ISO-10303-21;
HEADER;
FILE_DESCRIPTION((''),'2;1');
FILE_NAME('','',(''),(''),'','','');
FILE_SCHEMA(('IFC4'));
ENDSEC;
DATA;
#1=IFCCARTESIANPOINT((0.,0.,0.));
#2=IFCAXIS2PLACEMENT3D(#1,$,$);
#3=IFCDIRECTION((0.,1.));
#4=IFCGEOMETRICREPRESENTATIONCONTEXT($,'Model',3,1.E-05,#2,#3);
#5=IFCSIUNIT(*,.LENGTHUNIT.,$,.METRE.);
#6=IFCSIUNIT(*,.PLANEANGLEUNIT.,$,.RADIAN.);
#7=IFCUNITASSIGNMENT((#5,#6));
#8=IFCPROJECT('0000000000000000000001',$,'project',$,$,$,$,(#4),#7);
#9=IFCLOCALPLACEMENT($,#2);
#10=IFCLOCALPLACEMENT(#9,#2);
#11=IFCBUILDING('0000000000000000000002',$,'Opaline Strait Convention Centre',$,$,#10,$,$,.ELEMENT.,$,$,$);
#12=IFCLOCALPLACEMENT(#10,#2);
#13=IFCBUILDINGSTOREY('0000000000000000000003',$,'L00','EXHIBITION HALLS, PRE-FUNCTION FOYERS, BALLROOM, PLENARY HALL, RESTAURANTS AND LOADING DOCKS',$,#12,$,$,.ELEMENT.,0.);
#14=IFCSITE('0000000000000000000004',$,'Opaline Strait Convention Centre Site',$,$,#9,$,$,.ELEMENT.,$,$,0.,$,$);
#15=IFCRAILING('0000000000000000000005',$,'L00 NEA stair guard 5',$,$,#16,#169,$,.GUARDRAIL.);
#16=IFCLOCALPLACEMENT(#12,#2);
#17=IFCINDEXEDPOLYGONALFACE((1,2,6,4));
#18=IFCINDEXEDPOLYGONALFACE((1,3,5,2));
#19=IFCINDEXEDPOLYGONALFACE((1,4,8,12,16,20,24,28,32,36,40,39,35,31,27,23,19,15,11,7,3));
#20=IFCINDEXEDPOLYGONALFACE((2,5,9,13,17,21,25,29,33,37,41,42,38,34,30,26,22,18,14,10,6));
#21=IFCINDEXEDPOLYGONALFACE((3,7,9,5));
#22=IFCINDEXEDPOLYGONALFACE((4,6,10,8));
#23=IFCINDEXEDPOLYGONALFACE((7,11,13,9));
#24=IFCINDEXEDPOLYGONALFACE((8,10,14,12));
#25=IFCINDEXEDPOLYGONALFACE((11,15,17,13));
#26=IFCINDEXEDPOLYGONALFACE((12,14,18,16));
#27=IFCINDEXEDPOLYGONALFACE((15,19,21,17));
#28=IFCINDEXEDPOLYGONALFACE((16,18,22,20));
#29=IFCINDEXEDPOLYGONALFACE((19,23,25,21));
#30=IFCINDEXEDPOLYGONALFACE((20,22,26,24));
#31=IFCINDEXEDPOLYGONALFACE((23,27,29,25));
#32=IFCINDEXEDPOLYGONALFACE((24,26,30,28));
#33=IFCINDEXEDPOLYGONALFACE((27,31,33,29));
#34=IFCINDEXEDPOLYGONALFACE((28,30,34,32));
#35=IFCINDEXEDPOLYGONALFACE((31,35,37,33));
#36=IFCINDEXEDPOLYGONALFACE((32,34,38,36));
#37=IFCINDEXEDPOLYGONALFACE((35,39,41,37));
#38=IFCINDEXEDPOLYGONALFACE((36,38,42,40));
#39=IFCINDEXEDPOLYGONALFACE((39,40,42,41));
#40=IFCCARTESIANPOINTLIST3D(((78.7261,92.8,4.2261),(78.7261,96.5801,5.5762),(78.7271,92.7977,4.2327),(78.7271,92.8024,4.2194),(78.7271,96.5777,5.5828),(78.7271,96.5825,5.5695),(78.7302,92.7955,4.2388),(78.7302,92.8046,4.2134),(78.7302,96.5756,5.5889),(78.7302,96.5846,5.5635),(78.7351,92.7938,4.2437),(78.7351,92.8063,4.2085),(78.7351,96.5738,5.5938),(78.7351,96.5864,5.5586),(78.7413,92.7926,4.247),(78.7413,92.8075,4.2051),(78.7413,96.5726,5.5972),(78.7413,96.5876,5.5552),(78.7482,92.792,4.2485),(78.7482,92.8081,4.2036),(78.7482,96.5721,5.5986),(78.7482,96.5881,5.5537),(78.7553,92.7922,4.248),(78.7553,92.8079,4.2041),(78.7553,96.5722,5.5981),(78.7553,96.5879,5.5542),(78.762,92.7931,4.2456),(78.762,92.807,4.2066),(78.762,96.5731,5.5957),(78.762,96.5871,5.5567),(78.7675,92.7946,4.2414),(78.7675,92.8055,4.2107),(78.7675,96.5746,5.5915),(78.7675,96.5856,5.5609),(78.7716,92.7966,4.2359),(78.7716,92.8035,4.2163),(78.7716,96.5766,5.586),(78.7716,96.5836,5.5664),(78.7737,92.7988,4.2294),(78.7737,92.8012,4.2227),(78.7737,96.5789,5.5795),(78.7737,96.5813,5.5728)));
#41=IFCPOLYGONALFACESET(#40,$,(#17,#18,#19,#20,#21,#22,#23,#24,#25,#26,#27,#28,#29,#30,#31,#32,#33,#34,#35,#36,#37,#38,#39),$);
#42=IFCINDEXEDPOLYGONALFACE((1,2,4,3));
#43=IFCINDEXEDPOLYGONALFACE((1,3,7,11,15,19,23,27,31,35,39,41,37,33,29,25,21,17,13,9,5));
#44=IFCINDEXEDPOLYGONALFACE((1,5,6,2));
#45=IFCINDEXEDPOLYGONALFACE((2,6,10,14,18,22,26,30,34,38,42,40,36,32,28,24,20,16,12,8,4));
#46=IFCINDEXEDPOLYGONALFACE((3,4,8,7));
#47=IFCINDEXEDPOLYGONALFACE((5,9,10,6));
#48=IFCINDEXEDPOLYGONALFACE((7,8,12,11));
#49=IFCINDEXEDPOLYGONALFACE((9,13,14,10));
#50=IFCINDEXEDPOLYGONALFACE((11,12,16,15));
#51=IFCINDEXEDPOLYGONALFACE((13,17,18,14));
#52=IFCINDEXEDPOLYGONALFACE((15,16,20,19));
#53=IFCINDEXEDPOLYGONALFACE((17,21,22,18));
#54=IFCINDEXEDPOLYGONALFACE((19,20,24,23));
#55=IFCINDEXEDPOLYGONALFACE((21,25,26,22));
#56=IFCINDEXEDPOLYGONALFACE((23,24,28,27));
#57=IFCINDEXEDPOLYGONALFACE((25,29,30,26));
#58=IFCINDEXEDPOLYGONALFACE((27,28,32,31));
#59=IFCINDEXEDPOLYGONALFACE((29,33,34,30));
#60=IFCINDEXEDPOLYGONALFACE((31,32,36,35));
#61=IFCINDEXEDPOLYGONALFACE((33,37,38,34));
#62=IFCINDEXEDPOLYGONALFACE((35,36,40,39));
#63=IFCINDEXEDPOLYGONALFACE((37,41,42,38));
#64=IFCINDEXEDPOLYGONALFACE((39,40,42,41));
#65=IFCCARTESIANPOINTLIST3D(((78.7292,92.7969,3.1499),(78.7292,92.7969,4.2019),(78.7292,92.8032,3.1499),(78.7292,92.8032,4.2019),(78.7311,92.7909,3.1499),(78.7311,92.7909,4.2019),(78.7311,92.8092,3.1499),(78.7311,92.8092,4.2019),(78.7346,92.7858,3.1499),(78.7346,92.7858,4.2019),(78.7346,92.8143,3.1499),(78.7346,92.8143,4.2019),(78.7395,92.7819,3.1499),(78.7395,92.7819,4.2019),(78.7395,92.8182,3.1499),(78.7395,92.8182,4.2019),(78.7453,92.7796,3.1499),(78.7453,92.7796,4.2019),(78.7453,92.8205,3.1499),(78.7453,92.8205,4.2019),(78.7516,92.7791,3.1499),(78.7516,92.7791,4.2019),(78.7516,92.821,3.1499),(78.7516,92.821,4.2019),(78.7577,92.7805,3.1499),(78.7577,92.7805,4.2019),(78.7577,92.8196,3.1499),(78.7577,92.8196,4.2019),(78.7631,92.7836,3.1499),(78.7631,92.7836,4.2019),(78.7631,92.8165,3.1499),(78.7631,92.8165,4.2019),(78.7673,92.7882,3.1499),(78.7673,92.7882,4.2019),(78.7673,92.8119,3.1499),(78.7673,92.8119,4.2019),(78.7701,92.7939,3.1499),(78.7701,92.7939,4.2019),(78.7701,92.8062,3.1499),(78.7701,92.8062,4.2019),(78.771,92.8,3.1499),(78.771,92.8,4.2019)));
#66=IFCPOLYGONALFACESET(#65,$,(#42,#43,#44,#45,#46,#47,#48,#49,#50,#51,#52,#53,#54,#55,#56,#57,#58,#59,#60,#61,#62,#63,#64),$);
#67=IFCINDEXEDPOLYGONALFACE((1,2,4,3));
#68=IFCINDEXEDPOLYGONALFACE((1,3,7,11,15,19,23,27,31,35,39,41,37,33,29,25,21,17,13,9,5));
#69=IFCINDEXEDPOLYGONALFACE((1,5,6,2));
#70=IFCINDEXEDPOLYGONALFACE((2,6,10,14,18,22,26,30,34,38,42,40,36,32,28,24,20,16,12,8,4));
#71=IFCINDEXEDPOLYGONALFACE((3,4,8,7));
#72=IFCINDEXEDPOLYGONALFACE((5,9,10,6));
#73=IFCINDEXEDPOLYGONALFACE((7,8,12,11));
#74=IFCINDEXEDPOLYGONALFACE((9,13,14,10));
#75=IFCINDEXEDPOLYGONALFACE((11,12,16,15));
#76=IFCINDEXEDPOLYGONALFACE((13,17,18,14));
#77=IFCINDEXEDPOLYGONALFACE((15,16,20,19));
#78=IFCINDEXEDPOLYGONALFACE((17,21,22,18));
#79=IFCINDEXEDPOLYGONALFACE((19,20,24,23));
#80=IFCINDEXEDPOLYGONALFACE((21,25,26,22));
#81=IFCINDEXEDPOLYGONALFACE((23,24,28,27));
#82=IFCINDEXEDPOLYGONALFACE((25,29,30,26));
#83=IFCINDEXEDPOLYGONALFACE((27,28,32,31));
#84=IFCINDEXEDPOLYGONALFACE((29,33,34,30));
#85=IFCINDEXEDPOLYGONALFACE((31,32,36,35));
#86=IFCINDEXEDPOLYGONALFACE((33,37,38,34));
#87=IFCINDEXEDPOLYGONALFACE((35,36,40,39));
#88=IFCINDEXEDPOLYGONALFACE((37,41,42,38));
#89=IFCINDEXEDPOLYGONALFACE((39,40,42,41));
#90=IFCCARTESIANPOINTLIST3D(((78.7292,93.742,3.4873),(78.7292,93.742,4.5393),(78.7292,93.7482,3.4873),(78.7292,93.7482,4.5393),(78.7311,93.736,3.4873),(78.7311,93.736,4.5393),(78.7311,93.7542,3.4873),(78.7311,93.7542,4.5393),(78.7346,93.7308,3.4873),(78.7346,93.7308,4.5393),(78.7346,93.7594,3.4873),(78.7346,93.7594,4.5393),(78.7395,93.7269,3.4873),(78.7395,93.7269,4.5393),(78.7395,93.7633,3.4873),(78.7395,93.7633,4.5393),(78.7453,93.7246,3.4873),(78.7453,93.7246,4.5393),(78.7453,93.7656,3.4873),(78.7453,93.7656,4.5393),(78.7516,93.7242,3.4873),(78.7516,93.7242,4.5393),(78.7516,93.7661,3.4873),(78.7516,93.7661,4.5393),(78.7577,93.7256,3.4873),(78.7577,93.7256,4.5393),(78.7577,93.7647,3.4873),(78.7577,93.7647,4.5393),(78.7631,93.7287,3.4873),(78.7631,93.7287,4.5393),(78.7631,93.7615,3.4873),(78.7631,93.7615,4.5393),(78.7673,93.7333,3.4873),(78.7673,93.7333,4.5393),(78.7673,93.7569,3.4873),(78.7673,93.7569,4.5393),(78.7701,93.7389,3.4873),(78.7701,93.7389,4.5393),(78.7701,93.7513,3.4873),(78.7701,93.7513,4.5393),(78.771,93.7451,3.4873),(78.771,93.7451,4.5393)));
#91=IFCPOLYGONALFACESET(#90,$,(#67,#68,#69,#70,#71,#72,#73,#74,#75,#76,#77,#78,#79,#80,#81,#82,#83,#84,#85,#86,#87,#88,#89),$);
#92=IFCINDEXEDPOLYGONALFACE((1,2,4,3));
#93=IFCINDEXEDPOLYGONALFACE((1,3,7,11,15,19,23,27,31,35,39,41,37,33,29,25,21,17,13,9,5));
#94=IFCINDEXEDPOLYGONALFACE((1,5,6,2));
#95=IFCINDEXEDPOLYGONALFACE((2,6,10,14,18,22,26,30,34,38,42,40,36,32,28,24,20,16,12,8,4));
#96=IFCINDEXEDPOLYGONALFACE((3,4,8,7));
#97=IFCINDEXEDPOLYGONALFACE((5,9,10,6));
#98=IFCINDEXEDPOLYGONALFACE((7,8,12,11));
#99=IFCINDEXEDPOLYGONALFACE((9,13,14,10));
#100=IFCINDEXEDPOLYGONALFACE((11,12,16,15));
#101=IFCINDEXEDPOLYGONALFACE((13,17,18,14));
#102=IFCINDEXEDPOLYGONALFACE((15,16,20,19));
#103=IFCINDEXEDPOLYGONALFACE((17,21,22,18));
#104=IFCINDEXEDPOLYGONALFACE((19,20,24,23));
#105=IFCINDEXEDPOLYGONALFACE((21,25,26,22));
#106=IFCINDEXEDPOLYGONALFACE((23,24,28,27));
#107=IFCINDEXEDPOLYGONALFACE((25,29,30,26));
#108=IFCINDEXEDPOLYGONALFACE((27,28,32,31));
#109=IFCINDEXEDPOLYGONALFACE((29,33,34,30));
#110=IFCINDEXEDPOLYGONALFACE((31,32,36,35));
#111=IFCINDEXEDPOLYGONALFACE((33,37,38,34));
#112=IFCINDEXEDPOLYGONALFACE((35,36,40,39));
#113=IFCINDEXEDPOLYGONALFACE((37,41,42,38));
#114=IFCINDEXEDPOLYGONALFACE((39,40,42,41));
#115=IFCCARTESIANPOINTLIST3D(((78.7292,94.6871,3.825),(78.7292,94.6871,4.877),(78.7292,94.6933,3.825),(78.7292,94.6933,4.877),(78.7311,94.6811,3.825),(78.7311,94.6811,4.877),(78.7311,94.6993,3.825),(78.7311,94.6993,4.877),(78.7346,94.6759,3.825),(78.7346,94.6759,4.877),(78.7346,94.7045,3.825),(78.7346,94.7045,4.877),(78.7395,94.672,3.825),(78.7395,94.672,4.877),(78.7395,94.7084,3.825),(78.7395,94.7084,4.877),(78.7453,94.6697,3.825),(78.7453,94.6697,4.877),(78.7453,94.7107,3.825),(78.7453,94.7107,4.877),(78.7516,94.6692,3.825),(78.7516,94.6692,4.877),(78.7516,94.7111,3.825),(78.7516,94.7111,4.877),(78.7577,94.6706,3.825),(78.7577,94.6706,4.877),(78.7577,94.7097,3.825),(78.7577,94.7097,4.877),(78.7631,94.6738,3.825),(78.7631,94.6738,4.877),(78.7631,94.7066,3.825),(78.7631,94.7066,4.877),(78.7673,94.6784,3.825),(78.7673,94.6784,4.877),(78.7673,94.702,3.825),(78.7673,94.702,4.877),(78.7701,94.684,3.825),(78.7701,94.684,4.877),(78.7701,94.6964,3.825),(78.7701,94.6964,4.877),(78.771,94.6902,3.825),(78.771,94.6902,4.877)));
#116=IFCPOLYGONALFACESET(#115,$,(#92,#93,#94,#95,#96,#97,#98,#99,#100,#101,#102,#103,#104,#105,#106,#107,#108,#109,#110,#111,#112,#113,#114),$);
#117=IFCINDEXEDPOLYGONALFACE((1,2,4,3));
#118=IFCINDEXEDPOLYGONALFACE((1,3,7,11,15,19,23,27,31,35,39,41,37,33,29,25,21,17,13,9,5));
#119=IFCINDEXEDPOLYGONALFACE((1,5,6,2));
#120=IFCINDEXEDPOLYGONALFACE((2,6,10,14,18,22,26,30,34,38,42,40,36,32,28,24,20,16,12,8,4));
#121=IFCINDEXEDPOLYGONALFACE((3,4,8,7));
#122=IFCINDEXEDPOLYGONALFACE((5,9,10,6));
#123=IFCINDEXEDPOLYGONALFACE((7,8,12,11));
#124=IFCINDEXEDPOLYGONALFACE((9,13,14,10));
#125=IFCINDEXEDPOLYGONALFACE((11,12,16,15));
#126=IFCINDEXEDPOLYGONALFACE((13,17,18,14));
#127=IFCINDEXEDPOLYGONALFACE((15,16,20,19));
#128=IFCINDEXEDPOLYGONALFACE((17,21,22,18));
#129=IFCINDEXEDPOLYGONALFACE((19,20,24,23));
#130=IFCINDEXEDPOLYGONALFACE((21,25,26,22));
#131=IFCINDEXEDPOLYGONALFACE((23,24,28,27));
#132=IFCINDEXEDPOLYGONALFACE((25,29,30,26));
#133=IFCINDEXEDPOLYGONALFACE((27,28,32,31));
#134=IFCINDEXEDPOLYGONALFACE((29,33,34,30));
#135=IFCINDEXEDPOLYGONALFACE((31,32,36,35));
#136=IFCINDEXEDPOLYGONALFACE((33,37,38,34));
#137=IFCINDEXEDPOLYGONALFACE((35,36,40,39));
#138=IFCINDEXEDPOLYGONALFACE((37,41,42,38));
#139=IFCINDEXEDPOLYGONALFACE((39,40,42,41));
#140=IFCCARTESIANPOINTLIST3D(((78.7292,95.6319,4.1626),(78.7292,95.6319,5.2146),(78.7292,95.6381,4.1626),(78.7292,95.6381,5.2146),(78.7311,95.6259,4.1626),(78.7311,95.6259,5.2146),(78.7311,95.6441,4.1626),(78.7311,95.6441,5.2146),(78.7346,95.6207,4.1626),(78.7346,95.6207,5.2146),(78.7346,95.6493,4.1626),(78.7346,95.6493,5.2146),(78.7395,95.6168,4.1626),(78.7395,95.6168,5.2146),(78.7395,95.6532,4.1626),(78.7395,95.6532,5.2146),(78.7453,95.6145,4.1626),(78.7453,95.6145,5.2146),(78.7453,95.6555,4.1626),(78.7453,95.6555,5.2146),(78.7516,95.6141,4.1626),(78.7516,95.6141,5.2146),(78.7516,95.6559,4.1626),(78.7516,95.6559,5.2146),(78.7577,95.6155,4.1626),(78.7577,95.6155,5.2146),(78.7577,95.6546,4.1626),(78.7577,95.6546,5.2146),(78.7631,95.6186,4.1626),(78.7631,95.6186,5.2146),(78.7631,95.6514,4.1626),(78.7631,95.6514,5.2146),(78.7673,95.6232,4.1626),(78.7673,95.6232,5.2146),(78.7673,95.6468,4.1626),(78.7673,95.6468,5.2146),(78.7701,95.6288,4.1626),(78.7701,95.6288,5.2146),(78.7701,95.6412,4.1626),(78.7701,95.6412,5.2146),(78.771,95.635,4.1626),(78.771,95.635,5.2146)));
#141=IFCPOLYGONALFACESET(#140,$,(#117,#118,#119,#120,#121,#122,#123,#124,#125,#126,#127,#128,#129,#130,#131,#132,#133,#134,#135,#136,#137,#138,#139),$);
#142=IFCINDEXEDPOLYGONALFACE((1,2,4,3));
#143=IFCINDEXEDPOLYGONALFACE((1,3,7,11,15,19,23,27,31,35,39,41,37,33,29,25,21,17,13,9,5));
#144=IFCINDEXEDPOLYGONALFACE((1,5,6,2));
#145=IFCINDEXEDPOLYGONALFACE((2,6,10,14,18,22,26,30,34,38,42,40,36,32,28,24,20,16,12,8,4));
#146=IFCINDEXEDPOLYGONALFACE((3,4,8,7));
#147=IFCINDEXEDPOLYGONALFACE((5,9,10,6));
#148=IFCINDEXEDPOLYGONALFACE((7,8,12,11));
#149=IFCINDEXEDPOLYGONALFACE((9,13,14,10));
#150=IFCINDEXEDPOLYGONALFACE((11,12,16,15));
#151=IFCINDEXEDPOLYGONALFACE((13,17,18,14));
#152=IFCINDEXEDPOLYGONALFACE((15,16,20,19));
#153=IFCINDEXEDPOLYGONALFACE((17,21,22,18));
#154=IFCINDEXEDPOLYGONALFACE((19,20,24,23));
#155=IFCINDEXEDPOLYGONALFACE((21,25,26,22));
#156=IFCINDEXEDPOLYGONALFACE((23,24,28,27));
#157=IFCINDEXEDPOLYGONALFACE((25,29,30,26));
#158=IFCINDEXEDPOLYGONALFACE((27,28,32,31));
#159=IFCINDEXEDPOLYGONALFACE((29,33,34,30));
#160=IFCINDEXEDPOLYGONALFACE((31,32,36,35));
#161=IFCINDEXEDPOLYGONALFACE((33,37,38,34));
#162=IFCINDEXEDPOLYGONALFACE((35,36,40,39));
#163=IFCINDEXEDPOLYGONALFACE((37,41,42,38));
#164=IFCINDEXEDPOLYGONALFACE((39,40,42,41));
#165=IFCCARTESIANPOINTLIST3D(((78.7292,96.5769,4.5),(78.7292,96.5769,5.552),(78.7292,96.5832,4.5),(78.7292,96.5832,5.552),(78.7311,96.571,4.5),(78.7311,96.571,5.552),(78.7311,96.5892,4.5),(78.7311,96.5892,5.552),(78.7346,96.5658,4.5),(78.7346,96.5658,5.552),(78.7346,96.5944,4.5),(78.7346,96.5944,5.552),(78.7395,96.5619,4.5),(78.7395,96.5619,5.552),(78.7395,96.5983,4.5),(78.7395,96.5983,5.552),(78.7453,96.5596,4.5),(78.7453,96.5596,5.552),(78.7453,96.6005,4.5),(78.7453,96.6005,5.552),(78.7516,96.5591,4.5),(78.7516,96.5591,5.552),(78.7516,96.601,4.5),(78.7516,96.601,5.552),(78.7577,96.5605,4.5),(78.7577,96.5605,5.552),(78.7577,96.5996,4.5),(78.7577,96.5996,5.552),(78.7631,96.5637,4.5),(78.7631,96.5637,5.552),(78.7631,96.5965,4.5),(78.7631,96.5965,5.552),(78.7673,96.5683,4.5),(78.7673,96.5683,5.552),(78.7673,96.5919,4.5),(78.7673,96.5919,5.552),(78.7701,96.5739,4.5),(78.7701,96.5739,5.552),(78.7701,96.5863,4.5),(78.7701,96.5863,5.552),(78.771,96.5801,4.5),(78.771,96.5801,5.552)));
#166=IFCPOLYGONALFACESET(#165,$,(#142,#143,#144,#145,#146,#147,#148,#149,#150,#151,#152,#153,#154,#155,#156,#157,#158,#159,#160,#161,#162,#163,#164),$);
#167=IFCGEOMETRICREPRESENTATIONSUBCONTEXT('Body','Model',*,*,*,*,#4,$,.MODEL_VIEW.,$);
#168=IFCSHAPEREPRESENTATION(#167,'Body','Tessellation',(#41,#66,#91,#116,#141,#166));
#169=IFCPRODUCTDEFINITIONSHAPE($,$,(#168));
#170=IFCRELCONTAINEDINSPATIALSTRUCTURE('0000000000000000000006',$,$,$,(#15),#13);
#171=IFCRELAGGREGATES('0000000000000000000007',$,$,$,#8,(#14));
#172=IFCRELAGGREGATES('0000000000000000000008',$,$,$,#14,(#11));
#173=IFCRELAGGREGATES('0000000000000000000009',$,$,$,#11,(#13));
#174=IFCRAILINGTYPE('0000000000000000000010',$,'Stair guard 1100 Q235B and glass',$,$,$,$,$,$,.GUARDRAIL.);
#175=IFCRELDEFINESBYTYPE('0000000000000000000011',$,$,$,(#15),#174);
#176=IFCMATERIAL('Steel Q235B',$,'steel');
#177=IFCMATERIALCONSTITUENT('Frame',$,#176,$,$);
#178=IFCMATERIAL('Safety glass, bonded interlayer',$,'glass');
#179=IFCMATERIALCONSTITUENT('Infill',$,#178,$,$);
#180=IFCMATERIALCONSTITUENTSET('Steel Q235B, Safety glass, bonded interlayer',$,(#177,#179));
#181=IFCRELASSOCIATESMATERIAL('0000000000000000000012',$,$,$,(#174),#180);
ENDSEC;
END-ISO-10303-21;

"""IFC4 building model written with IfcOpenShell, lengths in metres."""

from ifc_helpers import new_model, si_unit, direction, frame, origin, origin_2d, place, context, subcontext, project, spatial, circle, extrude, material, constituent, constituent_set, type_object, element, save


model = new_model("IFC4")

# Units and contexts
model_context = context("Model", 3, precision=1e-05, world=origin(), true_north=direction((0.0, 1.0)))
body_context = subcontext(model_context, "Body", "Model", "MODEL_VIEW")
ifc_project = project(units=[si_unit("LENGTHUNIT", "METRE"), si_unit("PLANEANGLEUNIT", "RADIAN")], contexts=[model_context])

# Site, building, storey
site_placement = place(None, origin())
site = spatial("IfcSite", under=ifc_project, at=site_placement, Name="Opaline Strait Convention Centre Site", CompositionType="ELEMENT", RefElevation=0.0)
building_placement = place(site_placement, origin())
building = spatial("IfcBuilding", under=site, at=building_placement, Name="Opaline Strait Convention Centre", CompositionType="ELEMENT")
storey_placement = place(building_placement, origin())
storey = spatial("IfcBuildingStorey", under=building, at=storey_placement, Name="L00", Description="EXHIBITION HALLS, PRE-FUNCTION FOYERS, BALLROOM, PLENARY HALL, RESTAURANTS AND LOADING DOCKS", CompositionType="ELEMENT", Elevation=0.0)

# Railing
ifc_material_1 = material(Name="Steel Q235B", Category="steel")
ifc_constituent_1 = constituent(ifc_material_1, Name="Frame")
ifc_material_2 = material(Name="Safety glass, bonded interlayer", Category="glass")
ifc_constituent_2 = constituent(ifc_material_2, Name="Infill")
ifc_constituent_set = constituent_set(constituents=[ifc_constituent_1, ifc_constituent_2], Name="Steel Q235B, Safety glass, bonded interlayer")
railing_type_1 = type_object("IfcRailingType", Name="Stair guard 1100 Q235B and glass", PredefinedType="GUARDRAIL", material=ifc_constituent_set)
railing_1_placement = place(storey_placement, frame((78.75, 92.8, 3.1499)))
element("IfcRailing", 1, at=railing_1_placement, inside=storey, type_object=railing_type_1, Name="L00 NEA stair guard 5", PredefinedType="GUARDRAIL", context=body_context, shape_type="SweptSolid", body=[
    extrude(circle(Radius=0.0239, at=origin_2d()), frame((0.0, 0.0, 1.0762), z_axis=(0.0, 0.941735, 0.336356), x_axis=(-1.0, 0.0, 0.0)), (0.0, 0.0, 1.0), 4.0139),
    extrude(circle(Radius=0.021, at=origin_2d()), origin(), (0.0, 0.0, 1.0), 1.052),
    extrude(circle(Radius=0.021, at=origin_2d()), frame((0.0, 0.9451, 0.3374)), (0.0, 0.0, 1.0), 1.052),
    extrude(circle(Radius=0.021, at=origin_2d()), frame((0.0, 1.8901, 0.675)), (0.0, 0.0, 1.0), 1.052),
    extrude(circle(Radius=0.021, at=origin_2d()), frame((0.0, 2.835, 1.0127)), (0.0, 0.0, 1.0), 1.052),
    extrude(circle(Radius=0.021, at=origin_2d()), frame((0.0, 3.78, 1.3501)), (0.0, 0.0, 1.0), 1.052),
])

save(model, "model.ifc")
